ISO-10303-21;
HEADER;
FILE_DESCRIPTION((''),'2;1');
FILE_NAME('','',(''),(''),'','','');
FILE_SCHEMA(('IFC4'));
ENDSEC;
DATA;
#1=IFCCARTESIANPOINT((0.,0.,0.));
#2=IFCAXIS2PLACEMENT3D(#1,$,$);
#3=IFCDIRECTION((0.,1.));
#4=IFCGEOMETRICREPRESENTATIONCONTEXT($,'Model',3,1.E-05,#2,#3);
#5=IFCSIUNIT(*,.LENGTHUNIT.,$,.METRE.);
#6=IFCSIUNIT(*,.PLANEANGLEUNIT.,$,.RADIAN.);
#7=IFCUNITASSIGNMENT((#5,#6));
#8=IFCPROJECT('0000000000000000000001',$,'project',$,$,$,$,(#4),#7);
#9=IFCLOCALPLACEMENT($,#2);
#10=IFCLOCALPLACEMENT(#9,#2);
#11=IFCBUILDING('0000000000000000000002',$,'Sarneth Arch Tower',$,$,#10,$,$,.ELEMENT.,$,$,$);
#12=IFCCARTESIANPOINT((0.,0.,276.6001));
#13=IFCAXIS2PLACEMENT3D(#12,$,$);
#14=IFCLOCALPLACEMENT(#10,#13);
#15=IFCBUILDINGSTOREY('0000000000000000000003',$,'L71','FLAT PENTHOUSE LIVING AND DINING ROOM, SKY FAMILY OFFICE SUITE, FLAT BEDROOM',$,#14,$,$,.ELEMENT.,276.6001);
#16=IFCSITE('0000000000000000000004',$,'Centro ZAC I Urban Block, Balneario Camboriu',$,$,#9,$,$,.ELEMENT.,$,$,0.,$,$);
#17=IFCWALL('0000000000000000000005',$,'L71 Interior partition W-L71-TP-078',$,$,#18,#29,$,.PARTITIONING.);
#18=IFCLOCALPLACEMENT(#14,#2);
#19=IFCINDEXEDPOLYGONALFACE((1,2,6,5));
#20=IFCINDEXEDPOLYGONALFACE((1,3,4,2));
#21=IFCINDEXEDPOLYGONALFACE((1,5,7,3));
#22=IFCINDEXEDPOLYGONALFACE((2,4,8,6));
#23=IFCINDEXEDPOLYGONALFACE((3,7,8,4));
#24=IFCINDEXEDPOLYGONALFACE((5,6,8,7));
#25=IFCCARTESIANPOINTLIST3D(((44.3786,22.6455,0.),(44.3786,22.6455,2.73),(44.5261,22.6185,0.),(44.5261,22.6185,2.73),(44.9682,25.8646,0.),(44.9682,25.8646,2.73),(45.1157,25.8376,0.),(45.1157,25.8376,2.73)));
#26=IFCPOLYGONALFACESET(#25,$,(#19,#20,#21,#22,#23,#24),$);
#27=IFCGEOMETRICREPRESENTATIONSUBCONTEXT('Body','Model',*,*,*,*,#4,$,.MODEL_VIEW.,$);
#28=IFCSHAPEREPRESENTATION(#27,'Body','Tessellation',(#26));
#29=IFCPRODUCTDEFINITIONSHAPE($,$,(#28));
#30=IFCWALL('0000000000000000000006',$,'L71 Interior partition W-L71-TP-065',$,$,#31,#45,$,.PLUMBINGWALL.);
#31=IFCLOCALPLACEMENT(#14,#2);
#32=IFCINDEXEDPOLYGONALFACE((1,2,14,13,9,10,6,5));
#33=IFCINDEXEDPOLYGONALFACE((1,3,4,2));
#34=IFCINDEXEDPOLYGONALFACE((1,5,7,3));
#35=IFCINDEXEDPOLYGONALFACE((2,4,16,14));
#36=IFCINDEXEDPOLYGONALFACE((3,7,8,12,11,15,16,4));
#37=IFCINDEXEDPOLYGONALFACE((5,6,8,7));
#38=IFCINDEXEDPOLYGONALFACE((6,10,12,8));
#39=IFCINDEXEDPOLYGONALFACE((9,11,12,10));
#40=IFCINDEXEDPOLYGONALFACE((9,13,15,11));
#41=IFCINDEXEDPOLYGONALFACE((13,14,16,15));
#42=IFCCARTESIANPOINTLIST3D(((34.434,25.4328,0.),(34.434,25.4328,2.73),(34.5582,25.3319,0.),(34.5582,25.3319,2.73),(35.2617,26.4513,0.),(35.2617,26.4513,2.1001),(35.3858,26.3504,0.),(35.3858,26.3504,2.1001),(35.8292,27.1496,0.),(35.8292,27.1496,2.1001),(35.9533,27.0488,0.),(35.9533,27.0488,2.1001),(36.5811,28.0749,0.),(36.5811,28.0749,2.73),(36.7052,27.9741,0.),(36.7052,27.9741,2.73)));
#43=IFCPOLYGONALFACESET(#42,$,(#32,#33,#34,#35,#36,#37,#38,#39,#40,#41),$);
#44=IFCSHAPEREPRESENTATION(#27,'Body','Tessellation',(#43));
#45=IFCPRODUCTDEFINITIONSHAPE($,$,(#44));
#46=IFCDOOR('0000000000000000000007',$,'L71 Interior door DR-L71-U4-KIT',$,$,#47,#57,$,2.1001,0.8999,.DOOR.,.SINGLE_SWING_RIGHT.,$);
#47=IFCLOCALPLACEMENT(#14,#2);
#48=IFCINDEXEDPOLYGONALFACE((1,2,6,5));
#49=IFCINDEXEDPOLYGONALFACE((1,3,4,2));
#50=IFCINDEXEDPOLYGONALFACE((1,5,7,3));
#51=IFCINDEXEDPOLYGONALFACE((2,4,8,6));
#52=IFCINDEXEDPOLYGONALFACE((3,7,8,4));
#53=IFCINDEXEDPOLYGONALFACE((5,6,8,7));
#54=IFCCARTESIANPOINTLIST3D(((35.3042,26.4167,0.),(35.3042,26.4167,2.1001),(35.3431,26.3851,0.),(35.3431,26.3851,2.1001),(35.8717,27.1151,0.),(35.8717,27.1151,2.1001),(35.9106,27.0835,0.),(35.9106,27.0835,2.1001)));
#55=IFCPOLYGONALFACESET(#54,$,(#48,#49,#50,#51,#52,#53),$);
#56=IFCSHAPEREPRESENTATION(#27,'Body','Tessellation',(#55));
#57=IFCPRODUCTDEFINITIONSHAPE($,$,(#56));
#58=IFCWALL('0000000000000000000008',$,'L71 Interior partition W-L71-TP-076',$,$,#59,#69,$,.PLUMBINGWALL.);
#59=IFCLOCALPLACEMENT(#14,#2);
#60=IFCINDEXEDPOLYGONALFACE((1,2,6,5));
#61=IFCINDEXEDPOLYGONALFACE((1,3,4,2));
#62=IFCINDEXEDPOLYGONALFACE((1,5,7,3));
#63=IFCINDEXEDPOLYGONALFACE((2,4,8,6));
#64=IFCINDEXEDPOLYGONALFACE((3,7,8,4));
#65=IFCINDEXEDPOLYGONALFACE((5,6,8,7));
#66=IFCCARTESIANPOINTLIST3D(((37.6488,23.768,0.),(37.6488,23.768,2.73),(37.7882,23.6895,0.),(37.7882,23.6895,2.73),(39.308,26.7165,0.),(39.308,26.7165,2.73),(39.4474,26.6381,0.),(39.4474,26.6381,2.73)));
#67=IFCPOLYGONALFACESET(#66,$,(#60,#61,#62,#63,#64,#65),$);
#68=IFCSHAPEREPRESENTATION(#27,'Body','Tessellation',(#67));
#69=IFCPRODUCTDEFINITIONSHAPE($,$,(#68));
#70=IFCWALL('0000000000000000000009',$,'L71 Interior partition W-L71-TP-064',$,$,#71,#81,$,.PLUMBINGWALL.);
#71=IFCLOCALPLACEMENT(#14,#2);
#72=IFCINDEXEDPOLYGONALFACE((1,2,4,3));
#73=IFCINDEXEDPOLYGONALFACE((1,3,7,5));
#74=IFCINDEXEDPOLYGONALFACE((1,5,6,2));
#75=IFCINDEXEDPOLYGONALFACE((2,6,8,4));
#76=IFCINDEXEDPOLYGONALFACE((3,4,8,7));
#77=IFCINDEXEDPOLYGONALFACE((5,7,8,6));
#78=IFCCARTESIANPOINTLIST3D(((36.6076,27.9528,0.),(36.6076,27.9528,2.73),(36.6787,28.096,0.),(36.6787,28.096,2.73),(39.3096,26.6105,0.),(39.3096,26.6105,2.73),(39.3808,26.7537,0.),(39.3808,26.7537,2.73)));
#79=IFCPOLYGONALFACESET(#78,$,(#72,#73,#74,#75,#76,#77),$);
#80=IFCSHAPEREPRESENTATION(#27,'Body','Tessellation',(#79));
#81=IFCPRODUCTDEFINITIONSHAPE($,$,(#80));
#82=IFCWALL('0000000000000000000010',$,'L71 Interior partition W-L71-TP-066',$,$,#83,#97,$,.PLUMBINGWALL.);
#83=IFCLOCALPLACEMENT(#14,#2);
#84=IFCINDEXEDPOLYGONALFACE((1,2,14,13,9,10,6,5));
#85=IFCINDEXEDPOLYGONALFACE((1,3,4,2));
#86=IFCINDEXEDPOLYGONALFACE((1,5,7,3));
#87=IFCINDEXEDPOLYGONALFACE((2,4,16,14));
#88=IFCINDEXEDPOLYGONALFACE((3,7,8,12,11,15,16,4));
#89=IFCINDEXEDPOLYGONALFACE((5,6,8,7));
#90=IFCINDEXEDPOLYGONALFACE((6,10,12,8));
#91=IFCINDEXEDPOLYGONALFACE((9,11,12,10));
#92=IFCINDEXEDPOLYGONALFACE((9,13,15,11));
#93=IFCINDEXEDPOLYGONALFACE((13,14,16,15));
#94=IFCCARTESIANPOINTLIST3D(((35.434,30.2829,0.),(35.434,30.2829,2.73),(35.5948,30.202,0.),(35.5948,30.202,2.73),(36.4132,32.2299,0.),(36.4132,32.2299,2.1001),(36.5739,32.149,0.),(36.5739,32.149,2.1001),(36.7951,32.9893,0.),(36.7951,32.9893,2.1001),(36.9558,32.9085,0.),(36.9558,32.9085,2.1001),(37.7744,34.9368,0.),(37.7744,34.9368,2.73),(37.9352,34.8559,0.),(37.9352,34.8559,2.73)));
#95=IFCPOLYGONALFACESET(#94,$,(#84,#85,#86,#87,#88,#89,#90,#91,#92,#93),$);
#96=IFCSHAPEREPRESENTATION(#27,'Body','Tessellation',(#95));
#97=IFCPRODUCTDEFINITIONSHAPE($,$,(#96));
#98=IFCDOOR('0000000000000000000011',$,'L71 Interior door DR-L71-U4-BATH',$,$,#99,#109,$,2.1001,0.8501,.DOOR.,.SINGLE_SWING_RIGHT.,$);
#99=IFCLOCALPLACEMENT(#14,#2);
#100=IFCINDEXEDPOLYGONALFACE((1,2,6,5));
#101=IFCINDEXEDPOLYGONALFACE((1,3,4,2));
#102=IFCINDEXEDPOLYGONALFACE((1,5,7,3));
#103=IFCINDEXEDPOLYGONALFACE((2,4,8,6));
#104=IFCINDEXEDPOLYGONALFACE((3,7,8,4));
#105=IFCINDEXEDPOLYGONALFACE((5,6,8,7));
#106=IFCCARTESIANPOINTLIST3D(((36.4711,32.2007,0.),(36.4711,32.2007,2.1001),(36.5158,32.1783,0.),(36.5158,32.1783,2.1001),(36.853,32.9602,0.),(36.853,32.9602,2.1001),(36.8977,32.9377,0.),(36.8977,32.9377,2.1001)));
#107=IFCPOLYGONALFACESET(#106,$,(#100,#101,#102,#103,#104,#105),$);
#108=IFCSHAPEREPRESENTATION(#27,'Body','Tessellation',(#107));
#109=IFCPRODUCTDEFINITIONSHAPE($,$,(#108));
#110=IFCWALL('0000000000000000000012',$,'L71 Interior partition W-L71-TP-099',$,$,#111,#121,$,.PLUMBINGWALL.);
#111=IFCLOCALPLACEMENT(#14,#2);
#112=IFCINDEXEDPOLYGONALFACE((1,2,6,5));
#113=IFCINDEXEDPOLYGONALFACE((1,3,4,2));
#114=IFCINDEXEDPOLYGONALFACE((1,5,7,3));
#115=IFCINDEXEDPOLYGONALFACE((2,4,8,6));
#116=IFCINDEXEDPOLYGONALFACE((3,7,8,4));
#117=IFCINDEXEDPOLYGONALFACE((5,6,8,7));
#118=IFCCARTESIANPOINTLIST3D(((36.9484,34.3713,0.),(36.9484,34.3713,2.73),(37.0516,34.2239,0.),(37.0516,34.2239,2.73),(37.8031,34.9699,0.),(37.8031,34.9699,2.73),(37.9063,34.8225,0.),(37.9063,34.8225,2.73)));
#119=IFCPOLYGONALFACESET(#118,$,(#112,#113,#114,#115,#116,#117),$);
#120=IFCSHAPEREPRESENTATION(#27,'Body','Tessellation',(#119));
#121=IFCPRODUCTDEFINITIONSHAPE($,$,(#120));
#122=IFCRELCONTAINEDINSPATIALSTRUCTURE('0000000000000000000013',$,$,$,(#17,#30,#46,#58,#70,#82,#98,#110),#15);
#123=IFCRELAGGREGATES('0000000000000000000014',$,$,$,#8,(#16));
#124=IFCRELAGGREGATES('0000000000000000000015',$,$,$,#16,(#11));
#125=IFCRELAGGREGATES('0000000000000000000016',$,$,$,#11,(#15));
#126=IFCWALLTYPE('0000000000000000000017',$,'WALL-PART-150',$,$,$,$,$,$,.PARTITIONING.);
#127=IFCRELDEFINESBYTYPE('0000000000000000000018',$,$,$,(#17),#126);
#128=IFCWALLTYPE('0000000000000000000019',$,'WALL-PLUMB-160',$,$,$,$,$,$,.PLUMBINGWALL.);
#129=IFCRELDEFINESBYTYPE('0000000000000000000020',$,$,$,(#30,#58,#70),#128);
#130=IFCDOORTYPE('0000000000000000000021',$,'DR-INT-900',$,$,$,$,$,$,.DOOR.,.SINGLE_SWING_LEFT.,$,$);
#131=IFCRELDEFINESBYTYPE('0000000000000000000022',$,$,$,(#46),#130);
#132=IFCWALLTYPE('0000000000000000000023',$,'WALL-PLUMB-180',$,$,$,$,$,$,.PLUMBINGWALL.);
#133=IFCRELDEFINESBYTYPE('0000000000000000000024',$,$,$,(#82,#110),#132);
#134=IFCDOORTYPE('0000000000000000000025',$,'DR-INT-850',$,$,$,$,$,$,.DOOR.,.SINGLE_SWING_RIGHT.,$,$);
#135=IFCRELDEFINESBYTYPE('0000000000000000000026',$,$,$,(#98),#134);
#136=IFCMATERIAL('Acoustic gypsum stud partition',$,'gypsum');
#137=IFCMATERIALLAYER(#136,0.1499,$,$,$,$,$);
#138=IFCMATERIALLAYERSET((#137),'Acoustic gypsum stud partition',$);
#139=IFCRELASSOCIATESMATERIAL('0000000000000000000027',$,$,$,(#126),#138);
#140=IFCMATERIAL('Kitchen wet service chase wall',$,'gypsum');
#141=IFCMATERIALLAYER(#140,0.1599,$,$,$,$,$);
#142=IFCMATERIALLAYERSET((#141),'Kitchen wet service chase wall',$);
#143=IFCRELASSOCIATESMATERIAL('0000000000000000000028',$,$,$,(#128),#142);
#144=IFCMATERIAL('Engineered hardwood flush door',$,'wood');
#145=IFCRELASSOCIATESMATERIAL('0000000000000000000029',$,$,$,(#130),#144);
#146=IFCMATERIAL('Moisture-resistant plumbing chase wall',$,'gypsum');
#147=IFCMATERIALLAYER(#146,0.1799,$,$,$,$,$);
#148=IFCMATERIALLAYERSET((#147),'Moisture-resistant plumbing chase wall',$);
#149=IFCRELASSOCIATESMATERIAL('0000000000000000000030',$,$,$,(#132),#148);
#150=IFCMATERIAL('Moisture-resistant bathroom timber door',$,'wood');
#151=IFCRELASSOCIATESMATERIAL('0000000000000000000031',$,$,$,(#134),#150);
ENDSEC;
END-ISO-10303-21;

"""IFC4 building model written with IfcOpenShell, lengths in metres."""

from ifc_helpers import new_model, si_unit, direction, frame, frame_2d, origin, place, context, subcontext, project, spatial, rectangle, extrude, material, layer, layer_set, type_object, element, fill, save


model = new_model("IFC4")

# Units and contexts
model_context = context("Model", 3, precision=1e-05, world=origin(), true_north=direction((0.0, 1.0)))
body_context = subcontext(model_context, "Body", "Model", "MODEL_VIEW")
ifc_project = project(units=[si_unit("LENGTHUNIT", "METRE"), si_unit("PLANEANGLEUNIT", "RADIAN")], contexts=[model_context])

# Site, building, storey
site_placement = place(None, origin())
site = spatial("IfcSite", under=ifc_project, at=site_placement, Name="Centro ZAC I Urban Block, Balneario Camboriu", CompositionType="ELEMENT", RefElevation=0.0)
building_placement = place(site_placement, origin())
building = spatial("IfcBuilding", under=site, at=building_placement, Name="Sarneth Arch Tower", CompositionType="ELEMENT")
storey_placement = place(building_placement, frame((0.0, 0.0, 276.6001)))
storey = spatial("IfcBuildingStorey", under=building, at=storey_placement, Name="L71", Description="FLAT PENTHOUSE LIVING AND DINING ROOM, SKY FAMILY OFFICE SUITE, FLAT BEDROOM", CompositionType="ELEMENT", Elevation=276.6001)

# Wall
ifc_material_1 = material(Name="Acoustic gypsum stud partition", Category="gypsum")
ifc_layer_1 = layer(ifc_material_1, 0.1499)
ifc_layer_set_1 = layer_set([ifc_layer_1], Name="Acoustic gypsum stud partition")
wall_type_1 = type_object("IfcWallType", Name="WALL-PART-150", PredefinedType="PARTITIONING", material=ifc_layer_set_1)
wall_1_placement = place(storey_placement, frame((44.4524, 22.6321, 0.0), z_axis=(0.0, 0.0, 1.0), x_axis=(0.180152, 0.983639, 0.0)))
element("IfcWall", 1, at=wall_1_placement, inside=storey, type_object=wall_type_1, Name="L71 Interior partition W-L71-TP-078", PredefinedType="PARTITIONING", context=body_context, shape_type="SweptSolid", body=[
    extrude(rectangle(XDim=3.2727, YDim=0.1499, at=frame_2d((1.6362, 0.0))), origin(), (0.0, 0.0, 1.0), 2.73),
])

# Wall, opening, door
ifc_material_2 = material(Name="Kitchen wet service chase wall", Category="gypsum")
ifc_layer_2 = layer(ifc_material_2, 0.1599)
ifc_layer_set_2 = layer_set([ifc_layer_2], Name="Kitchen wet service chase wall")
wall_type_2 = type_object("IfcWallType", Name="WALL-PLUMB-160", PredefinedType="PLUMBINGWALL", material=ifc_layer_set_2)
wall_2_placement = place(storey_placement, frame((36.6431, 28.0244, 0.0), z_axis=(0.0, 0.0, 1.0), x_axis=(-0.630641, -0.776075, 0.0)))
wall_2 = element("IfcWall", 2, at=wall_2_placement, inside=storey, type_object=wall_type_2, Name="L71 Interior partition W-L71-TP-065", PredefinedType="PLUMBINGWALL", context=body_context, shape_type="SweptSolid", body=[
    extrude(rectangle(XDim=3.4045, YDim=0.1599, at=frame_2d((1.7021, 0.0))), origin(), (0.0, 0.0, 1.0), 2.73),
])
opening_1_placement = place(wall_2_placement, frame((1.1921, 0.0, 0.0)))
opening_1 = element("IfcOpeningElement", 3, at=opening_1_placement, cuts=wall_2, PredefinedType="OPENING", context=body_context, shape_type="SweptSolid", body=[
    extrude(rectangle(XDim=0.8999, YDim=2.1001, at=frame_2d((0.45, 1.05))), frame((0.0, 0.0898, 0.0), z_axis=(0.0, -1.0, 0.0), x_axis=(1.0, 0.0, 0.0)), (0.0, 0.0, 1.0), 0.1799),
])
ifc_material_3 = material(Name="Engineered hardwood flush door", Category="wood")
door_type_1 = type_object("IfcDoorType", Name="DR-INT-900", OperationType="SINGLE_SWING_LEFT", PredefinedType="DOOR", material=ifc_material_3)
door_1_placement = place(opening_1_placement, origin())
door_1 = element("IfcDoor", 4, at=door_1_placement, inside=storey, type_object=door_type_1, Name="L71 Interior door DR-L71-U4-KIT", OperationType="SINGLE_SWING_RIGHT", OverallHeight=2.1001, OverallWidth=0.8999, PredefinedType="DOOR", context=body_context, shape_type="SweptSolid", body=[
    extrude(rectangle(XDim=0.8999, YDim=2.1001, at=frame_2d((0.45, 1.05))), frame((0.0, 0.0249, 0.0), z_axis=(0.0, -1.0, 0.0), x_axis=(1.0, 0.0, 0.0)), (0.0, 0.0, 1.0), 0.05),
])
fill(opening_1, door_1)

# Walls
wall_3_placement = place(storey_placement, frame((37.7185, 23.7288, 0.0), z_axis=(0.0, 0.0, 1.0), x_axis=(0.490409, 0.871493, 0.0)))
element("IfcWall", 5, at=wall_3_placement, inside=storey, type_object=wall_type_2, Name="L71 Interior partition W-L71-TP-076", PredefinedType="PLUMBINGWALL", context=body_context, shape_type="SweptSolid", body=[
    extrude(rectangle(XDim=3.3833, YDim=0.1599, at=frame_2d((1.6917, 0.0))), origin(), (0.0, 0.0, 1.0), 2.73),
])
wall_4_placement = place(storey_placement, frame((39.3452, 26.6821, 0.0), z_axis=(0.0, 0.0, 1.0), x_axis=(-0.895589, 0.444882, 0.0)))
element("IfcWall", 6, at=wall_4_placement, inside=storey, type_object=wall_type_2, Name="L71 Interior partition W-L71-TP-064", PredefinedType="PLUMBINGWALL", context=body_context, shape_type="SweptSolid", body=[
    extrude(rectangle(XDim=3.0171, YDim=0.1599, at=frame_2d((1.5085, 0.0))), origin(), (0.0, 0.0, 1.0), 2.73),
])

# Wall, opening, door
ifc_material_4 = material(Name="Moisture-resistant plumbing chase wall", Category="gypsum")
ifc_layer_3 = layer(ifc_material_4, 0.1799)
ifc_layer_set_3 = layer_set([ifc_layer_3], Name="Moisture-resistant plumbing chase wall")
wall_type_3 = type_object("IfcWallType", Name="WALL-PLUMB-180", PredefinedType="PLUMBINGWALL", material=ifc_layer_set_3)
wall_5_placement = place(storey_placement, frame((37.8547, 34.8962, 0.0), z_axis=(0.0, 0.0, 1.0), x_axis=(-0.449275, -0.893394, 0.0)))
wall_5 = element("IfcWall", 7, at=wall_5_placement, inside=storey, type_object=wall_type_3, Name="L71 Interior partition W-L71-TP-066", PredefinedType="PLUMBINGWALL", context=body_context, shape_type="SweptSolid", body=[
    extrude(rectangle(XDim=5.2092, YDim=0.1799, at=frame_2d((2.6045, 0.0))), origin(), (0.0, 0.0, 1.0), 2.73),
])
opening_2_placement = place(wall_5_placement, frame((2.1797, 0.0, 0.0)))
opening_2 = element("IfcOpeningElement", 8, at=opening_2_placement, cuts=wall_5, PredefinedType="OPENING", context=body_context, shape_type="SweptSolid", body=[
    extrude(rectangle(XDim=0.8501, YDim=2.1001, at=frame_2d((0.425, 1.05))), frame((0.0, 0.0999, 0.0), z_axis=(0.0, -1.0, 0.0), x_axis=(1.0, 0.0, 0.0)), (0.0, 0.0, 1.0), 0.2),
])
ifc_material_5 = material(Name="Moisture-resistant bathroom timber door", Category="wood")
door_type_2 = type_object("IfcDoorType", Name="DR-INT-850", OperationType="SINGLE_SWING_RIGHT", PredefinedType="DOOR", material=ifc_material_5)
door_2_placement = place(opening_2_placement, origin())
door_2 = element("IfcDoor", 9, at=door_2_placement, inside=storey, type_object=door_type_2, Name="L71 Interior door DR-L71-U4-BATH", OperationType="SINGLE_SWING_RIGHT", OverallHeight=2.1001, OverallWidth=0.8501, PredefinedType="DOOR", context=body_context, shape_type="SweptSolid", body=[
    extrude(rectangle(XDim=0.8501, YDim=2.1001, at=frame_2d((0.425, 1.05))), frame((0.0, 0.0249, 0.0), z_axis=(0.0, -1.0, 0.0), x_axis=(1.0, 0.0, 0.0)), (0.0, 0.0, 1.0), 0.05),
])
fill(opening_2, door_2)

# Wall
wall_6_placement = place(storey_placement, frame((37.0, 34.2976, 0.0), z_axis=(0.0, 0.0, 1.0), x_axis=(0.819089, 0.573666, 0.0)))
element("IfcWall", 10, at=wall_6_placement, inside=storey, type_object=wall_type_3, Name="L71 Interior partition W-L71-TP-099", PredefinedType="PLUMBINGWALL", context=body_context, shape_type="SweptSolid", body=[
    extrude(rectangle(XDim=1.0435, YDim=0.1799, at=frame_2d((0.5217, 0.0))), origin(), (0.0, 0.0, 1.0), 2.73),
])

save(model, "model.ifc")
